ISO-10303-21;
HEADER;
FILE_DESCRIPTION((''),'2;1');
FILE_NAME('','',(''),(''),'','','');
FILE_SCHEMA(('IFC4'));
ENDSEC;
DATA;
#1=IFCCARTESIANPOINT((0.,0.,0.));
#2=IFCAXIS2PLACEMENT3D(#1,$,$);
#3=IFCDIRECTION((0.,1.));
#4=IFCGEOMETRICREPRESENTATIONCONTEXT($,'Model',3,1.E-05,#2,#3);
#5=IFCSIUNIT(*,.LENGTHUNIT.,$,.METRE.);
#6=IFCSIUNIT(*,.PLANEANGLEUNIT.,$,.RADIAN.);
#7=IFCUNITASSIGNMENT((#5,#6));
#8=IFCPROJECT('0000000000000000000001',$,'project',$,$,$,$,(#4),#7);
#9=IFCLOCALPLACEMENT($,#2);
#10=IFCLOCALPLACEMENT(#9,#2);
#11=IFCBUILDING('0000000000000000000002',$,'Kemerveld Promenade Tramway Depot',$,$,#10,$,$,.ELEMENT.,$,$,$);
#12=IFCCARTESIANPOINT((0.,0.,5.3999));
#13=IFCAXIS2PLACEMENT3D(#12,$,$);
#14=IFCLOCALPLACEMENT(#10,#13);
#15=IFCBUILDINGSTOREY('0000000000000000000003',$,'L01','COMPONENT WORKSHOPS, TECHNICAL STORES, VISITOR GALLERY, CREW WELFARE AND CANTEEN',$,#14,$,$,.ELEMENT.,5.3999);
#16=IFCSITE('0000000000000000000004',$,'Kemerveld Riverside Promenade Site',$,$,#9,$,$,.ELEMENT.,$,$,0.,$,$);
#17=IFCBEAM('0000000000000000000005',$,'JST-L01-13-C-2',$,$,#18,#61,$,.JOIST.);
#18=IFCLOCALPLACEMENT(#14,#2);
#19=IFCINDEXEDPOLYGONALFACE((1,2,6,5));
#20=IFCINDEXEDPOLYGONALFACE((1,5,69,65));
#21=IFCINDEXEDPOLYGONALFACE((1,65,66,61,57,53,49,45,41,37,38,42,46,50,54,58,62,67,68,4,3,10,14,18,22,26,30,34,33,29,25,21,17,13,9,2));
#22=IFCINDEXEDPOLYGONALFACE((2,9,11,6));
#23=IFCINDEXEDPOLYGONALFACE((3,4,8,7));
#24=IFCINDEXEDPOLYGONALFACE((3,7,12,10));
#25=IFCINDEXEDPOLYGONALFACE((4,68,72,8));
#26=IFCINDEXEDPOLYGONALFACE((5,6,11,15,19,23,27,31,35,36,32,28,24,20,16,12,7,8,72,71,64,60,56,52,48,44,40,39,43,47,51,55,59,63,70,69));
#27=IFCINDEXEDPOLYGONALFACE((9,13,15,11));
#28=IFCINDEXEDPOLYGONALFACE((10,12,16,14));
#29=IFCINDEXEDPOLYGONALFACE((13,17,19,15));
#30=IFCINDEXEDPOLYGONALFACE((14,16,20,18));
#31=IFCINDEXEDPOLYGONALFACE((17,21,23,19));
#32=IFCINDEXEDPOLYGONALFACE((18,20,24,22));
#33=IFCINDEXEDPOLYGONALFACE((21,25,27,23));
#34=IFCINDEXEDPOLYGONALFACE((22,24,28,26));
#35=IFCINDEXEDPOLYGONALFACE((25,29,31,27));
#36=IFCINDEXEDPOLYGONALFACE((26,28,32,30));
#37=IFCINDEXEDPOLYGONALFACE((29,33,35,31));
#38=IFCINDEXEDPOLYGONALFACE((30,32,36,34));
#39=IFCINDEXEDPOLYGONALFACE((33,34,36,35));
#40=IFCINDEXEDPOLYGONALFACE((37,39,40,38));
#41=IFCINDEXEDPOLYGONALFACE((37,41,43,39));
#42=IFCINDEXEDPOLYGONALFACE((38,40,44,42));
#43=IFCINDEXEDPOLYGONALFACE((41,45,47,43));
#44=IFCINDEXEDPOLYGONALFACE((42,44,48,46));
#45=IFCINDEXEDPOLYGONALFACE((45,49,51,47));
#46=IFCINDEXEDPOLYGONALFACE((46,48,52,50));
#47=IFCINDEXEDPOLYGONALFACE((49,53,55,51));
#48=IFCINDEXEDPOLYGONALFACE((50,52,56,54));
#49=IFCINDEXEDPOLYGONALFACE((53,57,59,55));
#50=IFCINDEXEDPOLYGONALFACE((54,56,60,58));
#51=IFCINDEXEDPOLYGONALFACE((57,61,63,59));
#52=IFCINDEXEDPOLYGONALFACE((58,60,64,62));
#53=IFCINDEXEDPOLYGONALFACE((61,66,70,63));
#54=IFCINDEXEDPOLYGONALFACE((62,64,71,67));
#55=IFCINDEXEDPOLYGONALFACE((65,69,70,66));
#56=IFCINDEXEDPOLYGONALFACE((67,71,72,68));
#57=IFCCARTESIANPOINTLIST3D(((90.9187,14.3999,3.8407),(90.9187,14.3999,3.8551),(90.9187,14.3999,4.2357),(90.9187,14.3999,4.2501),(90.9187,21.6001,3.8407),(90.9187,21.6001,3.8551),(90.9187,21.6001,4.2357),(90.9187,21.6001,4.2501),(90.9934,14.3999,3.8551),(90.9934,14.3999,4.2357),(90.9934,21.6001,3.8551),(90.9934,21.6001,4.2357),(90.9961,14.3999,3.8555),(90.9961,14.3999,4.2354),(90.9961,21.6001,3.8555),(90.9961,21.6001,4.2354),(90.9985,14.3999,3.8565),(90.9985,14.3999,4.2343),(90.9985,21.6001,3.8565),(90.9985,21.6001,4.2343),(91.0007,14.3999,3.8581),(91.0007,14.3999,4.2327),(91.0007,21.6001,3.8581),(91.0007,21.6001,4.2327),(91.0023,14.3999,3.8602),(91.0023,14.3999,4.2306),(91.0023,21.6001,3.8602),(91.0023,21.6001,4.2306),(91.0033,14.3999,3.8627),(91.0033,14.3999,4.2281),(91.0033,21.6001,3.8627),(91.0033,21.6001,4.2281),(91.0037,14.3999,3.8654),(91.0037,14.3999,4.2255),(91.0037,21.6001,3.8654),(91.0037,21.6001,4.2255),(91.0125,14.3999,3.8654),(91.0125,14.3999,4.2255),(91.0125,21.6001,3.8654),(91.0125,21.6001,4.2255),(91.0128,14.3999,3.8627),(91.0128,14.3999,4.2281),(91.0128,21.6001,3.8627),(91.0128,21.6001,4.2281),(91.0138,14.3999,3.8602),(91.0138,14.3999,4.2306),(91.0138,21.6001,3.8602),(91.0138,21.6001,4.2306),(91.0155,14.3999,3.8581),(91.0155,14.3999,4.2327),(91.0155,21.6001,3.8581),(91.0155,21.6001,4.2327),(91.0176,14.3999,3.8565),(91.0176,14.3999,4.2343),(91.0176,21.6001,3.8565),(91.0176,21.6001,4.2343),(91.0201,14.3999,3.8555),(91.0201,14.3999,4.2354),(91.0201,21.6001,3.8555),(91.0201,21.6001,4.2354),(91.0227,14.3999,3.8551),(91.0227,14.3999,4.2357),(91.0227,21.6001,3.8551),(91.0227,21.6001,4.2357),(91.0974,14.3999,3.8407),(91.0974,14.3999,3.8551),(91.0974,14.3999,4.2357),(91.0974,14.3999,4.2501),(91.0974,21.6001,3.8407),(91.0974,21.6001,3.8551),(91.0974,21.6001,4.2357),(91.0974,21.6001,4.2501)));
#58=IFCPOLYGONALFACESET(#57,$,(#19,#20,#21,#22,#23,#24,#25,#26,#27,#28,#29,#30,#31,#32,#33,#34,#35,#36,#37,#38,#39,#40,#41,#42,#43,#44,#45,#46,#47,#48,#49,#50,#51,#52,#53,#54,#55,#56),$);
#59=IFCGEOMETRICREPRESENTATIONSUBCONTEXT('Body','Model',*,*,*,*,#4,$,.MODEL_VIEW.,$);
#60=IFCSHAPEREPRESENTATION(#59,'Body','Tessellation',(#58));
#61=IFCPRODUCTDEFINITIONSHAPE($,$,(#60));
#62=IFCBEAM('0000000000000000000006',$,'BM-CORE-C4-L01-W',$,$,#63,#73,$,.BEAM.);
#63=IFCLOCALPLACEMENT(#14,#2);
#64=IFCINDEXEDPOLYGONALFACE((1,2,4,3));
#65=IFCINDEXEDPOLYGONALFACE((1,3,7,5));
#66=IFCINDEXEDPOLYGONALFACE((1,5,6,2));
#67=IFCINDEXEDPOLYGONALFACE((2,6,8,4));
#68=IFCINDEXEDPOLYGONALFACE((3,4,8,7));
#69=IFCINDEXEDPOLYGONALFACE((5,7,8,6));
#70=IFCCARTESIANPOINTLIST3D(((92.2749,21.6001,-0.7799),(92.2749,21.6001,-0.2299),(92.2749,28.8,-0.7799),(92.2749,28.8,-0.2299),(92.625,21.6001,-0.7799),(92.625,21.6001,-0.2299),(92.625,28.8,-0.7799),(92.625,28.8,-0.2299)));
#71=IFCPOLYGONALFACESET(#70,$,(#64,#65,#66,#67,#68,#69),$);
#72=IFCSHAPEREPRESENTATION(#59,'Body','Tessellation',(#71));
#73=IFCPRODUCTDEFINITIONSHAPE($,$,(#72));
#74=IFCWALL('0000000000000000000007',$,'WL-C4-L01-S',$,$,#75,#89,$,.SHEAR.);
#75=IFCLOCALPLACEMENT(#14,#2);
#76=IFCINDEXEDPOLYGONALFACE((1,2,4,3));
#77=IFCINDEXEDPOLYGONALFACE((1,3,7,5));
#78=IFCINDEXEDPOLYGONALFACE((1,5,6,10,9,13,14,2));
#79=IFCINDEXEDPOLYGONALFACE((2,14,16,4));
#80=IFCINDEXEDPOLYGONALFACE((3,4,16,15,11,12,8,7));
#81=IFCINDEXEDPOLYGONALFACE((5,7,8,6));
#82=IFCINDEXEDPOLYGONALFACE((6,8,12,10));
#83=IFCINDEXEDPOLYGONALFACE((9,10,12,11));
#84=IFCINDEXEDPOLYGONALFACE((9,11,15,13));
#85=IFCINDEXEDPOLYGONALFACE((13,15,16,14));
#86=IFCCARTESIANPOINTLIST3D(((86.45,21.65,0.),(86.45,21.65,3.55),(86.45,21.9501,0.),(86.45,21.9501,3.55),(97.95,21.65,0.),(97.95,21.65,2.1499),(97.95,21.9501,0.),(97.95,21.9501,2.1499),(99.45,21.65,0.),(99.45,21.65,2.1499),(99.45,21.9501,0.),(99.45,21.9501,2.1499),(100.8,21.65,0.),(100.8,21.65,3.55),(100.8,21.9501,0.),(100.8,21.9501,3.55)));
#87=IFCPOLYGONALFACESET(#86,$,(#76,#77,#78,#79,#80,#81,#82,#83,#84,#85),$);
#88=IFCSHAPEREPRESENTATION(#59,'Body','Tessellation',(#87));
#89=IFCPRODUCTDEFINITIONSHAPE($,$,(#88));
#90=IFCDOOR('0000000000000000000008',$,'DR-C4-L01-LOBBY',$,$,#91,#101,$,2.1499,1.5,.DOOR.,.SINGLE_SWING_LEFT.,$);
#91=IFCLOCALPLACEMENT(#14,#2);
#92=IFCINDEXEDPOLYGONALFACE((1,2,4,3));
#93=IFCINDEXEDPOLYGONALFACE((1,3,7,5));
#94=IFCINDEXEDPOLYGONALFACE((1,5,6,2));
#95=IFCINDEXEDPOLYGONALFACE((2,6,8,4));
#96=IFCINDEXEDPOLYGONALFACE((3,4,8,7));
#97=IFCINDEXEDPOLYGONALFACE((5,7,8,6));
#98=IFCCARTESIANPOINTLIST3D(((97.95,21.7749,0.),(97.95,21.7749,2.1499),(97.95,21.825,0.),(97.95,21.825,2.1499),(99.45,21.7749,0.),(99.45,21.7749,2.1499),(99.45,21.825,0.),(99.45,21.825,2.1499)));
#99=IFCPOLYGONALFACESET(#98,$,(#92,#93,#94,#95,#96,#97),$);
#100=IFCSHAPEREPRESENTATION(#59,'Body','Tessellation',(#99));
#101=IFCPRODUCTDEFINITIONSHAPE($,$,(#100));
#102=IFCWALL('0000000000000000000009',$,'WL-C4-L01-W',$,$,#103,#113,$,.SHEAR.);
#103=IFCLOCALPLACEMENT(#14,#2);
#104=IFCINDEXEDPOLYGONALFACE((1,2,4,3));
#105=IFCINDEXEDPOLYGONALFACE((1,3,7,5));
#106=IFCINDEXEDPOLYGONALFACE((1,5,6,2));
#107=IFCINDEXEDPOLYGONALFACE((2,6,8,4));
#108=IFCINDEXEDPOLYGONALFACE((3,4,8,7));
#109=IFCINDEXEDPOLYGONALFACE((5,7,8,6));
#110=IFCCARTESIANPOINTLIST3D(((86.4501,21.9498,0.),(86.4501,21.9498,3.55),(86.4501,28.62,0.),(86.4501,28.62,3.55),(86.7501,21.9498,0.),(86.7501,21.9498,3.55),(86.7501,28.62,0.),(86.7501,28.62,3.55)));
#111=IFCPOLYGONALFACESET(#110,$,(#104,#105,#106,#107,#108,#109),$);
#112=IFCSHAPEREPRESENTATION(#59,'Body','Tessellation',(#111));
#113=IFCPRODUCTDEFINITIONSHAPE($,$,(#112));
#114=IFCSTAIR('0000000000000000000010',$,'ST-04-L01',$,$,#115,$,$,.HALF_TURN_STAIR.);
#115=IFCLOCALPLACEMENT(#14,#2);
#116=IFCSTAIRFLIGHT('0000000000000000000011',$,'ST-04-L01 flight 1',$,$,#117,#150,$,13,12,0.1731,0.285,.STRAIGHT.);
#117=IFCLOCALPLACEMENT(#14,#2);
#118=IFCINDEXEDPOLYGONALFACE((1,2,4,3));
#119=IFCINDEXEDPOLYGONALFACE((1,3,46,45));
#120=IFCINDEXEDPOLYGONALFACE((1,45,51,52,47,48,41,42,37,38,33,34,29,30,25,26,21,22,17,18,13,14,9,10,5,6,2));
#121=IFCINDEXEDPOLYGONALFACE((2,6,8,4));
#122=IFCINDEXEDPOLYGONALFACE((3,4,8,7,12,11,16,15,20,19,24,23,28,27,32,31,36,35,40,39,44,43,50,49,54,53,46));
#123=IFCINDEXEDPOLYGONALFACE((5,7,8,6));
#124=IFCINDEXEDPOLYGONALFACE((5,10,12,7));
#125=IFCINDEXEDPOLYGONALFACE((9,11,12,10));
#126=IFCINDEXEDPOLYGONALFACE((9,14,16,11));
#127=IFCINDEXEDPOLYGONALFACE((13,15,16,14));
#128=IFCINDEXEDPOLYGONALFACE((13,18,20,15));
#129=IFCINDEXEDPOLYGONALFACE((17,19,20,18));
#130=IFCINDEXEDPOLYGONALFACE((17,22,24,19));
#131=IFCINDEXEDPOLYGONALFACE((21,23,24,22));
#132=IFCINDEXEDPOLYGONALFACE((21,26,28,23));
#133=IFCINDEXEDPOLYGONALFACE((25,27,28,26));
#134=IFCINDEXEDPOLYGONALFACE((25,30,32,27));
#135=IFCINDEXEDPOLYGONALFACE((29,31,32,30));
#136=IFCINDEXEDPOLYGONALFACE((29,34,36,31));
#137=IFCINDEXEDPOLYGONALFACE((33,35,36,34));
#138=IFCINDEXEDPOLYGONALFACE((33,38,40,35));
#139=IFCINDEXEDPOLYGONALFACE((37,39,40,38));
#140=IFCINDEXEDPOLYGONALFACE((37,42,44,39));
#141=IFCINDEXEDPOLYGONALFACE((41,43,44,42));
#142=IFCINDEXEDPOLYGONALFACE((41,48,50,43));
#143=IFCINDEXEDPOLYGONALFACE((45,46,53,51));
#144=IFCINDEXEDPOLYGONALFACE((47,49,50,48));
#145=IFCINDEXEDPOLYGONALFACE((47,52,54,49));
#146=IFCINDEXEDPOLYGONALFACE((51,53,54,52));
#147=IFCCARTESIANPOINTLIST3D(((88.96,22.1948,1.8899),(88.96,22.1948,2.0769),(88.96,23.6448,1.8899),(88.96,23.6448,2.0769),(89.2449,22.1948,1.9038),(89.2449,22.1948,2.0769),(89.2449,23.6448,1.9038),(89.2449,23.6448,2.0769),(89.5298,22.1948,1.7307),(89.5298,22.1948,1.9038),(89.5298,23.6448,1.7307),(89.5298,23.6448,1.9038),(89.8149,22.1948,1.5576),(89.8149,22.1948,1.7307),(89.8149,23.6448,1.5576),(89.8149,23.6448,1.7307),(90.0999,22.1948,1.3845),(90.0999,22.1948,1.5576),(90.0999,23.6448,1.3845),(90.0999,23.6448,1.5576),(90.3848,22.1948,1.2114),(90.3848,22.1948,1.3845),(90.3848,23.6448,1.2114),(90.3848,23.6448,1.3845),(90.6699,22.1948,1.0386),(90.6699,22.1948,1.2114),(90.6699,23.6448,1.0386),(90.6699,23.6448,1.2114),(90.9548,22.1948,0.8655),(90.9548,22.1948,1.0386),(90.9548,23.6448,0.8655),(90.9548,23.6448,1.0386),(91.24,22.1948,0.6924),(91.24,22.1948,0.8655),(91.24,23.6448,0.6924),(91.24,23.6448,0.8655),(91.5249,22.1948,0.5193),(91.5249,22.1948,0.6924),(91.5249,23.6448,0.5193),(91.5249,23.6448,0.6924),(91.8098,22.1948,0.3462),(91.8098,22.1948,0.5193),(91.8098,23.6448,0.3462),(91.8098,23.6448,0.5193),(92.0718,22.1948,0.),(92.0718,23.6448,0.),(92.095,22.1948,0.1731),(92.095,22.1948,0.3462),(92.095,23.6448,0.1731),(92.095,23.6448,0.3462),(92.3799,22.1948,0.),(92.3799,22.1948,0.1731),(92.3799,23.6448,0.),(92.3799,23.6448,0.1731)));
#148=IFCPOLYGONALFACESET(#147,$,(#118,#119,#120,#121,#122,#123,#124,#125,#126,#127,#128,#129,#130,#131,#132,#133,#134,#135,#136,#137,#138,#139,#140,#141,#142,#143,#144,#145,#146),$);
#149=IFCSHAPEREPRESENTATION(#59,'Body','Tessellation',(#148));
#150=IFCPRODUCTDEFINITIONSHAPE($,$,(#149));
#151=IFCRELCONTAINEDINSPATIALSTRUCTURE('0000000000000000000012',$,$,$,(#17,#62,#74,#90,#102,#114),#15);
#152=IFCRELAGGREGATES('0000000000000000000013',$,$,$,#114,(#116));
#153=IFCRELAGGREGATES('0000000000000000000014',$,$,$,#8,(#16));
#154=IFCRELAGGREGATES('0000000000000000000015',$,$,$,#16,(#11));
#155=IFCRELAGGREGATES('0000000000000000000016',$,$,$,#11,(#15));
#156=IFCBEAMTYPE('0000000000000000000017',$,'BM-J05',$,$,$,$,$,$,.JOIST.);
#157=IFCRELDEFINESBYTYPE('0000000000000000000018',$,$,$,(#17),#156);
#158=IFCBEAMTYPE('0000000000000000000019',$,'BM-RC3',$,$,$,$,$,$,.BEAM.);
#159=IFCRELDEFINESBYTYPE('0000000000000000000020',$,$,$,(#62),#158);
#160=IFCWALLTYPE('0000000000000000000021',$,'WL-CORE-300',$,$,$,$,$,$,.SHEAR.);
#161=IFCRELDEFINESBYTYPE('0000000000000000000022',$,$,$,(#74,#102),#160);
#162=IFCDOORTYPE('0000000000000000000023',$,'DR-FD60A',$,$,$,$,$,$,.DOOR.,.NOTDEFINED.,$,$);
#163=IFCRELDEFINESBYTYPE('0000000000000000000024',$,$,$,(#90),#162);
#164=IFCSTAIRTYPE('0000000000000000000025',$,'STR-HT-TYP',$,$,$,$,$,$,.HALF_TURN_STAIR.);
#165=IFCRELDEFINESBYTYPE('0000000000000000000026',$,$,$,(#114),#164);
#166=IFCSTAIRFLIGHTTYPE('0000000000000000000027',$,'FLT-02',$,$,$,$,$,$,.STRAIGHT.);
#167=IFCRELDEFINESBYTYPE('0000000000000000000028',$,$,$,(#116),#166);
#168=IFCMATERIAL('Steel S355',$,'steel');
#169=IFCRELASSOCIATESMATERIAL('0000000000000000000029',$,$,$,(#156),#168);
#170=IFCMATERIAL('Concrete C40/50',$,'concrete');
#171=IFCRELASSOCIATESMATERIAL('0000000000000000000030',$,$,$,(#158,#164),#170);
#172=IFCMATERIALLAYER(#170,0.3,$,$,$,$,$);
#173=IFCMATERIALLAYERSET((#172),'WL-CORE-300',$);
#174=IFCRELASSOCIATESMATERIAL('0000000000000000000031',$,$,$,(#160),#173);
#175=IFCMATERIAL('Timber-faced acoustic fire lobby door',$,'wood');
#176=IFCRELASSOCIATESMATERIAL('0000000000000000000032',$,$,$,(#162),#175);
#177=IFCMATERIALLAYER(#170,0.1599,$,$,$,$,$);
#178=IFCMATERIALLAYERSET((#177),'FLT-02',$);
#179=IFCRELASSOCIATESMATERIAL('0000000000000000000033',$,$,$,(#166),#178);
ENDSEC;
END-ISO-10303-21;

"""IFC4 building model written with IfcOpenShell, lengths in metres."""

from ifc_helpers import new_model, si_unit, direction, frame, frame_2d, origin, origin_2d, place, context, subcontext, project, spatial, polyline, rectangle, i_section, outline, extrude, material, layer, layer_set, material_profile, profile_set, type_object, element, fill, aggregate, save


model = new_model("IFC4")

# Units and contexts
model_context = context("Model", 3, precision=1e-05, world=origin(), true_north=direction((0.0, 1.0)))
body_context = subcontext(model_context, "Body", "Model", "MODEL_VIEW")
ifc_project = project(units=[si_unit("LENGTHUNIT", "METRE"), si_unit("PLANEANGLEUNIT", "RADIAN")], contexts=[model_context])

# Site, building, storey
site_placement = place(None, origin())
site = spatial("IfcSite", under=ifc_project, at=site_placement, Name="Kemerveld Riverside Promenade Site", CompositionType="ELEMENT", RefElevation=0.0)
building_placement = place(site_placement, origin())
building = spatial("IfcBuilding", under=site, at=building_placement, Name="Kemerveld Promenade Tramway Depot", CompositionType="ELEMENT")
storey_placement = place(building_placement, frame((0.0, 0.0, 5.3999)))
storey = spatial("IfcBuildingStorey", under=building, at=storey_placement, Name="L01", Description="COMPONENT WORKSHOPS, TECHNICAL STORES, VISITOR GALLERY, CREW WELFARE AND CANTEEN", CompositionType="ELEMENT", Elevation=5.3999)

# Shared definitions
ifc_material_1 = material(Name="Steel S355", Category="steel")

# Beams
ifc_material_profile_1 = material_profile(ifc_material_1, i_section(OverallWidth=0.1787, OverallDepth=0.4094, WebThickness=0.0088, FlangeThickness=0.0144, FilletRadius=0.0103, at=origin_2d()), Name="406x178x67 UB")
ifc_profile_set_1 = profile_set([ifc_material_profile_1], Name="Steel S355")
beam_type_1 = type_object("IfcBeamType", Name="BM-J05", PredefinedType="JOIST", material=ifc_profile_set_1)
for number, where, z_axis, x_axis, name in (
    (1, (91.0081, 14.3999, 4.0454), (0.0, 1.0, 0.0), (-1.0, 0.0, 0.0), "JST-L01-13-C-2"),
):
    element("IfcBeam", number, at=place(storey_placement, frame(where, z_axis=z_axis, x_axis=x_axis)), inside=storey, type_object=beam_type_1, Name=name, PredefinedType="JOIST", context=body_context, shape_type="SweptSolid", body=[
        extrude(i_section(OverallWidth=0.1787, OverallDepth=0.4094, WebThickness=0.0088, FlangeThickness=0.0144, FilletRadius=0.0103, at=origin_2d()), origin(), (0.0, 0.0, 1.0), 7.2002),
    ])
ifc_material_2 = material(Name="Concrete C40/50", Category="concrete")
ifc_material_profile_2 = material_profile(ifc_material_2, rectangle(XDim=0.3501, YDim=0.55, at=origin_2d()), Name="RC-BM-350x550")
ifc_profile_set_2 = profile_set([ifc_material_profile_2], Name="Concrete C40/50")
beam_type_2 = type_object("IfcBeamType", Name="BM-RC3", PredefinedType="BEAM", material=ifc_profile_set_2)
beam_1_placement = place(storey_placement, frame((92.45, 21.6001, -0.5049), z_axis=(0.0, 1.0, 0.0), x_axis=(-1.0, 0.0, 0.0)))
element("IfcBeam", 2, at=beam_1_placement, inside=storey, type_object=beam_type_2, Name="BM-CORE-C4-L01-W", PredefinedType="BEAM", context=body_context, shape_type="SweptSolid", body=[
    extrude(rectangle(XDim=0.3501, YDim=0.55, at=origin_2d()), origin(), (0.0, 0.0, 1.0), 7.2),
])

# Wall, opening, door
ifc_layer_1 = layer(ifc_material_2, 0.3)
ifc_layer_set_1 = layer_set([ifc_layer_1], Name="WL-CORE-300")
wall_type = type_object("IfcWallType", Name="WL-CORE-300", PredefinedType="SHEAR", material=ifc_layer_set_1)
wall_1_placement = place(storey_placement, frame((86.45, 21.8, 0.0), z_axis=(0.0, 0.0, 1.0), x_axis=(1.0, 0.0, 0.0)))
wall_1 = element("IfcWall", 3, at=wall_1_placement, inside=storey, type_object=wall_type, Name="WL-C4-L01-S", PredefinedType="SHEAR", context=body_context, shape_type="SweptSolid", body=[
    extrude(rectangle(XDim=14.3501, YDim=0.3, at=frame_2d((7.175, 0.0))), origin(), (0.0, 0.0, 1.0), 3.55),
])
opening_placement = place(wall_1_placement, frame((11.5, 0.0, 0.0)))
opening = element("IfcOpeningElement", 4, at=opening_placement, cuts=wall_1, PredefinedType="OPENING", context=body_context, shape_type="SweptSolid", body=[
    extrude(rectangle(XDim=1.5, YDim=2.1499, at=frame_2d((0.75, 1.075))), frame((0.0, 0.1599, 0.0), z_axis=(0.0, -1.0, 0.0), x_axis=(1.0, 0.0, 0.0)), (0.0, 0.0, 1.0), 0.3201),
])
ifc_material_3 = material(Name="Timber-faced acoustic fire lobby door", Category="wood")
door_type = type_object("IfcDoorType", Name="DR-FD60A", OperationType="NOTDEFINED", PredefinedType="DOOR", material=ifc_material_3)
door_placement = place(opening_placement, origin())
door = element("IfcDoor", 5, at=door_placement, inside=storey, type_object=door_type, Name="DR-C4-L01-LOBBY", OperationType="SINGLE_SWING_LEFT", OverallHeight=2.1499, OverallWidth=1.5, PredefinedType="DOOR", context=body_context, shape_type="SweptSolid", body=[
    extrude(rectangle(XDim=1.5, YDim=2.1499, at=frame_2d((0.75, 1.075))), frame((0.0, 0.0249, 0.0), z_axis=(0.0, -1.0, 0.0), x_axis=(1.0, 0.0, 0.0)), (0.0, 0.0, 1.0), 0.05),
])
fill(opening, door)

# Wall
wall_2_placement = place(storey_placement, frame((86.6001, 21.95, 0.0), z_axis=(0.0, 0.0, 1.0), x_axis=(0.0, 1.0, 0.0)))
element("IfcWall", 6, at=wall_2_placement, inside=storey, type_object=wall_type, Name="WL-C4-L01-W", PredefinedType="SHEAR", context=body_context, shape_type="SweptSolid", body=[
    extrude(rectangle(XDim=6.6702, YDim=0.3, at=frame_2d((3.335, 0.0))), origin(), (0.0, 0.0, 1.0), 3.55),
])

# Stair, stair flight
stair_type = type_object("IfcStairType", Name="STR-HT-TYP", PredefinedType="HALF_TURN_STAIR", material=ifc_material_2)
stair_placement = place(storey_placement, origin())
stair = element("IfcStair", 7, at=stair_placement, inside=storey, type_object=stair_type, Name="ST-04-L01", PredefinedType="HALF_TURN_STAIR")
ifc_layer_2 = layer(ifc_material_2, 0.1599)
ifc_layer_set_2 = layer_set([ifc_layer_2], Name="FLT-02")
stair_flight_type = type_object("IfcStairFlightType", Name="FLT-02", PredefinedType="STRAIGHT", material=ifc_layer_set_2)
stair_flight_1_placement = place(storey_placement, frame((92.3799, 22.9199, 0.0), z_axis=(0.0, 0.0, 1.0), x_axis=(-1.0, 0.0, 0.0)))
stair_flight_1 = element("IfcStairFlight", 8, at=stair_flight_1_placement, type_object=stair_flight_type, Name="ST-04-L01 flight 1", NumberOfRisers=13, NumberOfTreads=12, PredefinedType="STRAIGHT", RiserHeight=0.1731, TreadLength=0.285, context=body_context, shape_type="SweptSolid", body=[
    extrude(outline(polyline([(0.0, 0.0), (0.0, 0.1731), (0.2849, 0.1731), (0.2849, 0.3462), (0.5701, 0.3462), (0.5701, 0.5193), (0.855, 0.5193), (0.855, 0.6924), (1.1399, 0.6924), (1.1399, 0.8655), (1.425, 0.8655), (1.425, 1.0386), (1.71, 1.0386), (1.71, 1.2114), (1.9951, 1.2114), (1.9951, 1.3845), (2.28, 1.3845), (2.28, 1.5576), (2.5649, 1.5576), (2.5649, 1.7307), (2.8501, 1.7307), (2.8501, 1.9038), (3.135, 1.9038), (3.135, 2.0769), (3.4199, 2.0769), (3.4199, 2.25), (3.4199, 1.8899), (0.3081, 0.0), (0.0, 0.0)])), frame((0.0, 0.7251, 0.0), z_axis=(0.0, -1.0, 0.0), x_axis=(1.0, 0.0, 0.0)), (0.0, 0.0, 1.0), 1.45),
])
aggregate(stair, [stair_flight_1])

save(model, "model.ifc")
